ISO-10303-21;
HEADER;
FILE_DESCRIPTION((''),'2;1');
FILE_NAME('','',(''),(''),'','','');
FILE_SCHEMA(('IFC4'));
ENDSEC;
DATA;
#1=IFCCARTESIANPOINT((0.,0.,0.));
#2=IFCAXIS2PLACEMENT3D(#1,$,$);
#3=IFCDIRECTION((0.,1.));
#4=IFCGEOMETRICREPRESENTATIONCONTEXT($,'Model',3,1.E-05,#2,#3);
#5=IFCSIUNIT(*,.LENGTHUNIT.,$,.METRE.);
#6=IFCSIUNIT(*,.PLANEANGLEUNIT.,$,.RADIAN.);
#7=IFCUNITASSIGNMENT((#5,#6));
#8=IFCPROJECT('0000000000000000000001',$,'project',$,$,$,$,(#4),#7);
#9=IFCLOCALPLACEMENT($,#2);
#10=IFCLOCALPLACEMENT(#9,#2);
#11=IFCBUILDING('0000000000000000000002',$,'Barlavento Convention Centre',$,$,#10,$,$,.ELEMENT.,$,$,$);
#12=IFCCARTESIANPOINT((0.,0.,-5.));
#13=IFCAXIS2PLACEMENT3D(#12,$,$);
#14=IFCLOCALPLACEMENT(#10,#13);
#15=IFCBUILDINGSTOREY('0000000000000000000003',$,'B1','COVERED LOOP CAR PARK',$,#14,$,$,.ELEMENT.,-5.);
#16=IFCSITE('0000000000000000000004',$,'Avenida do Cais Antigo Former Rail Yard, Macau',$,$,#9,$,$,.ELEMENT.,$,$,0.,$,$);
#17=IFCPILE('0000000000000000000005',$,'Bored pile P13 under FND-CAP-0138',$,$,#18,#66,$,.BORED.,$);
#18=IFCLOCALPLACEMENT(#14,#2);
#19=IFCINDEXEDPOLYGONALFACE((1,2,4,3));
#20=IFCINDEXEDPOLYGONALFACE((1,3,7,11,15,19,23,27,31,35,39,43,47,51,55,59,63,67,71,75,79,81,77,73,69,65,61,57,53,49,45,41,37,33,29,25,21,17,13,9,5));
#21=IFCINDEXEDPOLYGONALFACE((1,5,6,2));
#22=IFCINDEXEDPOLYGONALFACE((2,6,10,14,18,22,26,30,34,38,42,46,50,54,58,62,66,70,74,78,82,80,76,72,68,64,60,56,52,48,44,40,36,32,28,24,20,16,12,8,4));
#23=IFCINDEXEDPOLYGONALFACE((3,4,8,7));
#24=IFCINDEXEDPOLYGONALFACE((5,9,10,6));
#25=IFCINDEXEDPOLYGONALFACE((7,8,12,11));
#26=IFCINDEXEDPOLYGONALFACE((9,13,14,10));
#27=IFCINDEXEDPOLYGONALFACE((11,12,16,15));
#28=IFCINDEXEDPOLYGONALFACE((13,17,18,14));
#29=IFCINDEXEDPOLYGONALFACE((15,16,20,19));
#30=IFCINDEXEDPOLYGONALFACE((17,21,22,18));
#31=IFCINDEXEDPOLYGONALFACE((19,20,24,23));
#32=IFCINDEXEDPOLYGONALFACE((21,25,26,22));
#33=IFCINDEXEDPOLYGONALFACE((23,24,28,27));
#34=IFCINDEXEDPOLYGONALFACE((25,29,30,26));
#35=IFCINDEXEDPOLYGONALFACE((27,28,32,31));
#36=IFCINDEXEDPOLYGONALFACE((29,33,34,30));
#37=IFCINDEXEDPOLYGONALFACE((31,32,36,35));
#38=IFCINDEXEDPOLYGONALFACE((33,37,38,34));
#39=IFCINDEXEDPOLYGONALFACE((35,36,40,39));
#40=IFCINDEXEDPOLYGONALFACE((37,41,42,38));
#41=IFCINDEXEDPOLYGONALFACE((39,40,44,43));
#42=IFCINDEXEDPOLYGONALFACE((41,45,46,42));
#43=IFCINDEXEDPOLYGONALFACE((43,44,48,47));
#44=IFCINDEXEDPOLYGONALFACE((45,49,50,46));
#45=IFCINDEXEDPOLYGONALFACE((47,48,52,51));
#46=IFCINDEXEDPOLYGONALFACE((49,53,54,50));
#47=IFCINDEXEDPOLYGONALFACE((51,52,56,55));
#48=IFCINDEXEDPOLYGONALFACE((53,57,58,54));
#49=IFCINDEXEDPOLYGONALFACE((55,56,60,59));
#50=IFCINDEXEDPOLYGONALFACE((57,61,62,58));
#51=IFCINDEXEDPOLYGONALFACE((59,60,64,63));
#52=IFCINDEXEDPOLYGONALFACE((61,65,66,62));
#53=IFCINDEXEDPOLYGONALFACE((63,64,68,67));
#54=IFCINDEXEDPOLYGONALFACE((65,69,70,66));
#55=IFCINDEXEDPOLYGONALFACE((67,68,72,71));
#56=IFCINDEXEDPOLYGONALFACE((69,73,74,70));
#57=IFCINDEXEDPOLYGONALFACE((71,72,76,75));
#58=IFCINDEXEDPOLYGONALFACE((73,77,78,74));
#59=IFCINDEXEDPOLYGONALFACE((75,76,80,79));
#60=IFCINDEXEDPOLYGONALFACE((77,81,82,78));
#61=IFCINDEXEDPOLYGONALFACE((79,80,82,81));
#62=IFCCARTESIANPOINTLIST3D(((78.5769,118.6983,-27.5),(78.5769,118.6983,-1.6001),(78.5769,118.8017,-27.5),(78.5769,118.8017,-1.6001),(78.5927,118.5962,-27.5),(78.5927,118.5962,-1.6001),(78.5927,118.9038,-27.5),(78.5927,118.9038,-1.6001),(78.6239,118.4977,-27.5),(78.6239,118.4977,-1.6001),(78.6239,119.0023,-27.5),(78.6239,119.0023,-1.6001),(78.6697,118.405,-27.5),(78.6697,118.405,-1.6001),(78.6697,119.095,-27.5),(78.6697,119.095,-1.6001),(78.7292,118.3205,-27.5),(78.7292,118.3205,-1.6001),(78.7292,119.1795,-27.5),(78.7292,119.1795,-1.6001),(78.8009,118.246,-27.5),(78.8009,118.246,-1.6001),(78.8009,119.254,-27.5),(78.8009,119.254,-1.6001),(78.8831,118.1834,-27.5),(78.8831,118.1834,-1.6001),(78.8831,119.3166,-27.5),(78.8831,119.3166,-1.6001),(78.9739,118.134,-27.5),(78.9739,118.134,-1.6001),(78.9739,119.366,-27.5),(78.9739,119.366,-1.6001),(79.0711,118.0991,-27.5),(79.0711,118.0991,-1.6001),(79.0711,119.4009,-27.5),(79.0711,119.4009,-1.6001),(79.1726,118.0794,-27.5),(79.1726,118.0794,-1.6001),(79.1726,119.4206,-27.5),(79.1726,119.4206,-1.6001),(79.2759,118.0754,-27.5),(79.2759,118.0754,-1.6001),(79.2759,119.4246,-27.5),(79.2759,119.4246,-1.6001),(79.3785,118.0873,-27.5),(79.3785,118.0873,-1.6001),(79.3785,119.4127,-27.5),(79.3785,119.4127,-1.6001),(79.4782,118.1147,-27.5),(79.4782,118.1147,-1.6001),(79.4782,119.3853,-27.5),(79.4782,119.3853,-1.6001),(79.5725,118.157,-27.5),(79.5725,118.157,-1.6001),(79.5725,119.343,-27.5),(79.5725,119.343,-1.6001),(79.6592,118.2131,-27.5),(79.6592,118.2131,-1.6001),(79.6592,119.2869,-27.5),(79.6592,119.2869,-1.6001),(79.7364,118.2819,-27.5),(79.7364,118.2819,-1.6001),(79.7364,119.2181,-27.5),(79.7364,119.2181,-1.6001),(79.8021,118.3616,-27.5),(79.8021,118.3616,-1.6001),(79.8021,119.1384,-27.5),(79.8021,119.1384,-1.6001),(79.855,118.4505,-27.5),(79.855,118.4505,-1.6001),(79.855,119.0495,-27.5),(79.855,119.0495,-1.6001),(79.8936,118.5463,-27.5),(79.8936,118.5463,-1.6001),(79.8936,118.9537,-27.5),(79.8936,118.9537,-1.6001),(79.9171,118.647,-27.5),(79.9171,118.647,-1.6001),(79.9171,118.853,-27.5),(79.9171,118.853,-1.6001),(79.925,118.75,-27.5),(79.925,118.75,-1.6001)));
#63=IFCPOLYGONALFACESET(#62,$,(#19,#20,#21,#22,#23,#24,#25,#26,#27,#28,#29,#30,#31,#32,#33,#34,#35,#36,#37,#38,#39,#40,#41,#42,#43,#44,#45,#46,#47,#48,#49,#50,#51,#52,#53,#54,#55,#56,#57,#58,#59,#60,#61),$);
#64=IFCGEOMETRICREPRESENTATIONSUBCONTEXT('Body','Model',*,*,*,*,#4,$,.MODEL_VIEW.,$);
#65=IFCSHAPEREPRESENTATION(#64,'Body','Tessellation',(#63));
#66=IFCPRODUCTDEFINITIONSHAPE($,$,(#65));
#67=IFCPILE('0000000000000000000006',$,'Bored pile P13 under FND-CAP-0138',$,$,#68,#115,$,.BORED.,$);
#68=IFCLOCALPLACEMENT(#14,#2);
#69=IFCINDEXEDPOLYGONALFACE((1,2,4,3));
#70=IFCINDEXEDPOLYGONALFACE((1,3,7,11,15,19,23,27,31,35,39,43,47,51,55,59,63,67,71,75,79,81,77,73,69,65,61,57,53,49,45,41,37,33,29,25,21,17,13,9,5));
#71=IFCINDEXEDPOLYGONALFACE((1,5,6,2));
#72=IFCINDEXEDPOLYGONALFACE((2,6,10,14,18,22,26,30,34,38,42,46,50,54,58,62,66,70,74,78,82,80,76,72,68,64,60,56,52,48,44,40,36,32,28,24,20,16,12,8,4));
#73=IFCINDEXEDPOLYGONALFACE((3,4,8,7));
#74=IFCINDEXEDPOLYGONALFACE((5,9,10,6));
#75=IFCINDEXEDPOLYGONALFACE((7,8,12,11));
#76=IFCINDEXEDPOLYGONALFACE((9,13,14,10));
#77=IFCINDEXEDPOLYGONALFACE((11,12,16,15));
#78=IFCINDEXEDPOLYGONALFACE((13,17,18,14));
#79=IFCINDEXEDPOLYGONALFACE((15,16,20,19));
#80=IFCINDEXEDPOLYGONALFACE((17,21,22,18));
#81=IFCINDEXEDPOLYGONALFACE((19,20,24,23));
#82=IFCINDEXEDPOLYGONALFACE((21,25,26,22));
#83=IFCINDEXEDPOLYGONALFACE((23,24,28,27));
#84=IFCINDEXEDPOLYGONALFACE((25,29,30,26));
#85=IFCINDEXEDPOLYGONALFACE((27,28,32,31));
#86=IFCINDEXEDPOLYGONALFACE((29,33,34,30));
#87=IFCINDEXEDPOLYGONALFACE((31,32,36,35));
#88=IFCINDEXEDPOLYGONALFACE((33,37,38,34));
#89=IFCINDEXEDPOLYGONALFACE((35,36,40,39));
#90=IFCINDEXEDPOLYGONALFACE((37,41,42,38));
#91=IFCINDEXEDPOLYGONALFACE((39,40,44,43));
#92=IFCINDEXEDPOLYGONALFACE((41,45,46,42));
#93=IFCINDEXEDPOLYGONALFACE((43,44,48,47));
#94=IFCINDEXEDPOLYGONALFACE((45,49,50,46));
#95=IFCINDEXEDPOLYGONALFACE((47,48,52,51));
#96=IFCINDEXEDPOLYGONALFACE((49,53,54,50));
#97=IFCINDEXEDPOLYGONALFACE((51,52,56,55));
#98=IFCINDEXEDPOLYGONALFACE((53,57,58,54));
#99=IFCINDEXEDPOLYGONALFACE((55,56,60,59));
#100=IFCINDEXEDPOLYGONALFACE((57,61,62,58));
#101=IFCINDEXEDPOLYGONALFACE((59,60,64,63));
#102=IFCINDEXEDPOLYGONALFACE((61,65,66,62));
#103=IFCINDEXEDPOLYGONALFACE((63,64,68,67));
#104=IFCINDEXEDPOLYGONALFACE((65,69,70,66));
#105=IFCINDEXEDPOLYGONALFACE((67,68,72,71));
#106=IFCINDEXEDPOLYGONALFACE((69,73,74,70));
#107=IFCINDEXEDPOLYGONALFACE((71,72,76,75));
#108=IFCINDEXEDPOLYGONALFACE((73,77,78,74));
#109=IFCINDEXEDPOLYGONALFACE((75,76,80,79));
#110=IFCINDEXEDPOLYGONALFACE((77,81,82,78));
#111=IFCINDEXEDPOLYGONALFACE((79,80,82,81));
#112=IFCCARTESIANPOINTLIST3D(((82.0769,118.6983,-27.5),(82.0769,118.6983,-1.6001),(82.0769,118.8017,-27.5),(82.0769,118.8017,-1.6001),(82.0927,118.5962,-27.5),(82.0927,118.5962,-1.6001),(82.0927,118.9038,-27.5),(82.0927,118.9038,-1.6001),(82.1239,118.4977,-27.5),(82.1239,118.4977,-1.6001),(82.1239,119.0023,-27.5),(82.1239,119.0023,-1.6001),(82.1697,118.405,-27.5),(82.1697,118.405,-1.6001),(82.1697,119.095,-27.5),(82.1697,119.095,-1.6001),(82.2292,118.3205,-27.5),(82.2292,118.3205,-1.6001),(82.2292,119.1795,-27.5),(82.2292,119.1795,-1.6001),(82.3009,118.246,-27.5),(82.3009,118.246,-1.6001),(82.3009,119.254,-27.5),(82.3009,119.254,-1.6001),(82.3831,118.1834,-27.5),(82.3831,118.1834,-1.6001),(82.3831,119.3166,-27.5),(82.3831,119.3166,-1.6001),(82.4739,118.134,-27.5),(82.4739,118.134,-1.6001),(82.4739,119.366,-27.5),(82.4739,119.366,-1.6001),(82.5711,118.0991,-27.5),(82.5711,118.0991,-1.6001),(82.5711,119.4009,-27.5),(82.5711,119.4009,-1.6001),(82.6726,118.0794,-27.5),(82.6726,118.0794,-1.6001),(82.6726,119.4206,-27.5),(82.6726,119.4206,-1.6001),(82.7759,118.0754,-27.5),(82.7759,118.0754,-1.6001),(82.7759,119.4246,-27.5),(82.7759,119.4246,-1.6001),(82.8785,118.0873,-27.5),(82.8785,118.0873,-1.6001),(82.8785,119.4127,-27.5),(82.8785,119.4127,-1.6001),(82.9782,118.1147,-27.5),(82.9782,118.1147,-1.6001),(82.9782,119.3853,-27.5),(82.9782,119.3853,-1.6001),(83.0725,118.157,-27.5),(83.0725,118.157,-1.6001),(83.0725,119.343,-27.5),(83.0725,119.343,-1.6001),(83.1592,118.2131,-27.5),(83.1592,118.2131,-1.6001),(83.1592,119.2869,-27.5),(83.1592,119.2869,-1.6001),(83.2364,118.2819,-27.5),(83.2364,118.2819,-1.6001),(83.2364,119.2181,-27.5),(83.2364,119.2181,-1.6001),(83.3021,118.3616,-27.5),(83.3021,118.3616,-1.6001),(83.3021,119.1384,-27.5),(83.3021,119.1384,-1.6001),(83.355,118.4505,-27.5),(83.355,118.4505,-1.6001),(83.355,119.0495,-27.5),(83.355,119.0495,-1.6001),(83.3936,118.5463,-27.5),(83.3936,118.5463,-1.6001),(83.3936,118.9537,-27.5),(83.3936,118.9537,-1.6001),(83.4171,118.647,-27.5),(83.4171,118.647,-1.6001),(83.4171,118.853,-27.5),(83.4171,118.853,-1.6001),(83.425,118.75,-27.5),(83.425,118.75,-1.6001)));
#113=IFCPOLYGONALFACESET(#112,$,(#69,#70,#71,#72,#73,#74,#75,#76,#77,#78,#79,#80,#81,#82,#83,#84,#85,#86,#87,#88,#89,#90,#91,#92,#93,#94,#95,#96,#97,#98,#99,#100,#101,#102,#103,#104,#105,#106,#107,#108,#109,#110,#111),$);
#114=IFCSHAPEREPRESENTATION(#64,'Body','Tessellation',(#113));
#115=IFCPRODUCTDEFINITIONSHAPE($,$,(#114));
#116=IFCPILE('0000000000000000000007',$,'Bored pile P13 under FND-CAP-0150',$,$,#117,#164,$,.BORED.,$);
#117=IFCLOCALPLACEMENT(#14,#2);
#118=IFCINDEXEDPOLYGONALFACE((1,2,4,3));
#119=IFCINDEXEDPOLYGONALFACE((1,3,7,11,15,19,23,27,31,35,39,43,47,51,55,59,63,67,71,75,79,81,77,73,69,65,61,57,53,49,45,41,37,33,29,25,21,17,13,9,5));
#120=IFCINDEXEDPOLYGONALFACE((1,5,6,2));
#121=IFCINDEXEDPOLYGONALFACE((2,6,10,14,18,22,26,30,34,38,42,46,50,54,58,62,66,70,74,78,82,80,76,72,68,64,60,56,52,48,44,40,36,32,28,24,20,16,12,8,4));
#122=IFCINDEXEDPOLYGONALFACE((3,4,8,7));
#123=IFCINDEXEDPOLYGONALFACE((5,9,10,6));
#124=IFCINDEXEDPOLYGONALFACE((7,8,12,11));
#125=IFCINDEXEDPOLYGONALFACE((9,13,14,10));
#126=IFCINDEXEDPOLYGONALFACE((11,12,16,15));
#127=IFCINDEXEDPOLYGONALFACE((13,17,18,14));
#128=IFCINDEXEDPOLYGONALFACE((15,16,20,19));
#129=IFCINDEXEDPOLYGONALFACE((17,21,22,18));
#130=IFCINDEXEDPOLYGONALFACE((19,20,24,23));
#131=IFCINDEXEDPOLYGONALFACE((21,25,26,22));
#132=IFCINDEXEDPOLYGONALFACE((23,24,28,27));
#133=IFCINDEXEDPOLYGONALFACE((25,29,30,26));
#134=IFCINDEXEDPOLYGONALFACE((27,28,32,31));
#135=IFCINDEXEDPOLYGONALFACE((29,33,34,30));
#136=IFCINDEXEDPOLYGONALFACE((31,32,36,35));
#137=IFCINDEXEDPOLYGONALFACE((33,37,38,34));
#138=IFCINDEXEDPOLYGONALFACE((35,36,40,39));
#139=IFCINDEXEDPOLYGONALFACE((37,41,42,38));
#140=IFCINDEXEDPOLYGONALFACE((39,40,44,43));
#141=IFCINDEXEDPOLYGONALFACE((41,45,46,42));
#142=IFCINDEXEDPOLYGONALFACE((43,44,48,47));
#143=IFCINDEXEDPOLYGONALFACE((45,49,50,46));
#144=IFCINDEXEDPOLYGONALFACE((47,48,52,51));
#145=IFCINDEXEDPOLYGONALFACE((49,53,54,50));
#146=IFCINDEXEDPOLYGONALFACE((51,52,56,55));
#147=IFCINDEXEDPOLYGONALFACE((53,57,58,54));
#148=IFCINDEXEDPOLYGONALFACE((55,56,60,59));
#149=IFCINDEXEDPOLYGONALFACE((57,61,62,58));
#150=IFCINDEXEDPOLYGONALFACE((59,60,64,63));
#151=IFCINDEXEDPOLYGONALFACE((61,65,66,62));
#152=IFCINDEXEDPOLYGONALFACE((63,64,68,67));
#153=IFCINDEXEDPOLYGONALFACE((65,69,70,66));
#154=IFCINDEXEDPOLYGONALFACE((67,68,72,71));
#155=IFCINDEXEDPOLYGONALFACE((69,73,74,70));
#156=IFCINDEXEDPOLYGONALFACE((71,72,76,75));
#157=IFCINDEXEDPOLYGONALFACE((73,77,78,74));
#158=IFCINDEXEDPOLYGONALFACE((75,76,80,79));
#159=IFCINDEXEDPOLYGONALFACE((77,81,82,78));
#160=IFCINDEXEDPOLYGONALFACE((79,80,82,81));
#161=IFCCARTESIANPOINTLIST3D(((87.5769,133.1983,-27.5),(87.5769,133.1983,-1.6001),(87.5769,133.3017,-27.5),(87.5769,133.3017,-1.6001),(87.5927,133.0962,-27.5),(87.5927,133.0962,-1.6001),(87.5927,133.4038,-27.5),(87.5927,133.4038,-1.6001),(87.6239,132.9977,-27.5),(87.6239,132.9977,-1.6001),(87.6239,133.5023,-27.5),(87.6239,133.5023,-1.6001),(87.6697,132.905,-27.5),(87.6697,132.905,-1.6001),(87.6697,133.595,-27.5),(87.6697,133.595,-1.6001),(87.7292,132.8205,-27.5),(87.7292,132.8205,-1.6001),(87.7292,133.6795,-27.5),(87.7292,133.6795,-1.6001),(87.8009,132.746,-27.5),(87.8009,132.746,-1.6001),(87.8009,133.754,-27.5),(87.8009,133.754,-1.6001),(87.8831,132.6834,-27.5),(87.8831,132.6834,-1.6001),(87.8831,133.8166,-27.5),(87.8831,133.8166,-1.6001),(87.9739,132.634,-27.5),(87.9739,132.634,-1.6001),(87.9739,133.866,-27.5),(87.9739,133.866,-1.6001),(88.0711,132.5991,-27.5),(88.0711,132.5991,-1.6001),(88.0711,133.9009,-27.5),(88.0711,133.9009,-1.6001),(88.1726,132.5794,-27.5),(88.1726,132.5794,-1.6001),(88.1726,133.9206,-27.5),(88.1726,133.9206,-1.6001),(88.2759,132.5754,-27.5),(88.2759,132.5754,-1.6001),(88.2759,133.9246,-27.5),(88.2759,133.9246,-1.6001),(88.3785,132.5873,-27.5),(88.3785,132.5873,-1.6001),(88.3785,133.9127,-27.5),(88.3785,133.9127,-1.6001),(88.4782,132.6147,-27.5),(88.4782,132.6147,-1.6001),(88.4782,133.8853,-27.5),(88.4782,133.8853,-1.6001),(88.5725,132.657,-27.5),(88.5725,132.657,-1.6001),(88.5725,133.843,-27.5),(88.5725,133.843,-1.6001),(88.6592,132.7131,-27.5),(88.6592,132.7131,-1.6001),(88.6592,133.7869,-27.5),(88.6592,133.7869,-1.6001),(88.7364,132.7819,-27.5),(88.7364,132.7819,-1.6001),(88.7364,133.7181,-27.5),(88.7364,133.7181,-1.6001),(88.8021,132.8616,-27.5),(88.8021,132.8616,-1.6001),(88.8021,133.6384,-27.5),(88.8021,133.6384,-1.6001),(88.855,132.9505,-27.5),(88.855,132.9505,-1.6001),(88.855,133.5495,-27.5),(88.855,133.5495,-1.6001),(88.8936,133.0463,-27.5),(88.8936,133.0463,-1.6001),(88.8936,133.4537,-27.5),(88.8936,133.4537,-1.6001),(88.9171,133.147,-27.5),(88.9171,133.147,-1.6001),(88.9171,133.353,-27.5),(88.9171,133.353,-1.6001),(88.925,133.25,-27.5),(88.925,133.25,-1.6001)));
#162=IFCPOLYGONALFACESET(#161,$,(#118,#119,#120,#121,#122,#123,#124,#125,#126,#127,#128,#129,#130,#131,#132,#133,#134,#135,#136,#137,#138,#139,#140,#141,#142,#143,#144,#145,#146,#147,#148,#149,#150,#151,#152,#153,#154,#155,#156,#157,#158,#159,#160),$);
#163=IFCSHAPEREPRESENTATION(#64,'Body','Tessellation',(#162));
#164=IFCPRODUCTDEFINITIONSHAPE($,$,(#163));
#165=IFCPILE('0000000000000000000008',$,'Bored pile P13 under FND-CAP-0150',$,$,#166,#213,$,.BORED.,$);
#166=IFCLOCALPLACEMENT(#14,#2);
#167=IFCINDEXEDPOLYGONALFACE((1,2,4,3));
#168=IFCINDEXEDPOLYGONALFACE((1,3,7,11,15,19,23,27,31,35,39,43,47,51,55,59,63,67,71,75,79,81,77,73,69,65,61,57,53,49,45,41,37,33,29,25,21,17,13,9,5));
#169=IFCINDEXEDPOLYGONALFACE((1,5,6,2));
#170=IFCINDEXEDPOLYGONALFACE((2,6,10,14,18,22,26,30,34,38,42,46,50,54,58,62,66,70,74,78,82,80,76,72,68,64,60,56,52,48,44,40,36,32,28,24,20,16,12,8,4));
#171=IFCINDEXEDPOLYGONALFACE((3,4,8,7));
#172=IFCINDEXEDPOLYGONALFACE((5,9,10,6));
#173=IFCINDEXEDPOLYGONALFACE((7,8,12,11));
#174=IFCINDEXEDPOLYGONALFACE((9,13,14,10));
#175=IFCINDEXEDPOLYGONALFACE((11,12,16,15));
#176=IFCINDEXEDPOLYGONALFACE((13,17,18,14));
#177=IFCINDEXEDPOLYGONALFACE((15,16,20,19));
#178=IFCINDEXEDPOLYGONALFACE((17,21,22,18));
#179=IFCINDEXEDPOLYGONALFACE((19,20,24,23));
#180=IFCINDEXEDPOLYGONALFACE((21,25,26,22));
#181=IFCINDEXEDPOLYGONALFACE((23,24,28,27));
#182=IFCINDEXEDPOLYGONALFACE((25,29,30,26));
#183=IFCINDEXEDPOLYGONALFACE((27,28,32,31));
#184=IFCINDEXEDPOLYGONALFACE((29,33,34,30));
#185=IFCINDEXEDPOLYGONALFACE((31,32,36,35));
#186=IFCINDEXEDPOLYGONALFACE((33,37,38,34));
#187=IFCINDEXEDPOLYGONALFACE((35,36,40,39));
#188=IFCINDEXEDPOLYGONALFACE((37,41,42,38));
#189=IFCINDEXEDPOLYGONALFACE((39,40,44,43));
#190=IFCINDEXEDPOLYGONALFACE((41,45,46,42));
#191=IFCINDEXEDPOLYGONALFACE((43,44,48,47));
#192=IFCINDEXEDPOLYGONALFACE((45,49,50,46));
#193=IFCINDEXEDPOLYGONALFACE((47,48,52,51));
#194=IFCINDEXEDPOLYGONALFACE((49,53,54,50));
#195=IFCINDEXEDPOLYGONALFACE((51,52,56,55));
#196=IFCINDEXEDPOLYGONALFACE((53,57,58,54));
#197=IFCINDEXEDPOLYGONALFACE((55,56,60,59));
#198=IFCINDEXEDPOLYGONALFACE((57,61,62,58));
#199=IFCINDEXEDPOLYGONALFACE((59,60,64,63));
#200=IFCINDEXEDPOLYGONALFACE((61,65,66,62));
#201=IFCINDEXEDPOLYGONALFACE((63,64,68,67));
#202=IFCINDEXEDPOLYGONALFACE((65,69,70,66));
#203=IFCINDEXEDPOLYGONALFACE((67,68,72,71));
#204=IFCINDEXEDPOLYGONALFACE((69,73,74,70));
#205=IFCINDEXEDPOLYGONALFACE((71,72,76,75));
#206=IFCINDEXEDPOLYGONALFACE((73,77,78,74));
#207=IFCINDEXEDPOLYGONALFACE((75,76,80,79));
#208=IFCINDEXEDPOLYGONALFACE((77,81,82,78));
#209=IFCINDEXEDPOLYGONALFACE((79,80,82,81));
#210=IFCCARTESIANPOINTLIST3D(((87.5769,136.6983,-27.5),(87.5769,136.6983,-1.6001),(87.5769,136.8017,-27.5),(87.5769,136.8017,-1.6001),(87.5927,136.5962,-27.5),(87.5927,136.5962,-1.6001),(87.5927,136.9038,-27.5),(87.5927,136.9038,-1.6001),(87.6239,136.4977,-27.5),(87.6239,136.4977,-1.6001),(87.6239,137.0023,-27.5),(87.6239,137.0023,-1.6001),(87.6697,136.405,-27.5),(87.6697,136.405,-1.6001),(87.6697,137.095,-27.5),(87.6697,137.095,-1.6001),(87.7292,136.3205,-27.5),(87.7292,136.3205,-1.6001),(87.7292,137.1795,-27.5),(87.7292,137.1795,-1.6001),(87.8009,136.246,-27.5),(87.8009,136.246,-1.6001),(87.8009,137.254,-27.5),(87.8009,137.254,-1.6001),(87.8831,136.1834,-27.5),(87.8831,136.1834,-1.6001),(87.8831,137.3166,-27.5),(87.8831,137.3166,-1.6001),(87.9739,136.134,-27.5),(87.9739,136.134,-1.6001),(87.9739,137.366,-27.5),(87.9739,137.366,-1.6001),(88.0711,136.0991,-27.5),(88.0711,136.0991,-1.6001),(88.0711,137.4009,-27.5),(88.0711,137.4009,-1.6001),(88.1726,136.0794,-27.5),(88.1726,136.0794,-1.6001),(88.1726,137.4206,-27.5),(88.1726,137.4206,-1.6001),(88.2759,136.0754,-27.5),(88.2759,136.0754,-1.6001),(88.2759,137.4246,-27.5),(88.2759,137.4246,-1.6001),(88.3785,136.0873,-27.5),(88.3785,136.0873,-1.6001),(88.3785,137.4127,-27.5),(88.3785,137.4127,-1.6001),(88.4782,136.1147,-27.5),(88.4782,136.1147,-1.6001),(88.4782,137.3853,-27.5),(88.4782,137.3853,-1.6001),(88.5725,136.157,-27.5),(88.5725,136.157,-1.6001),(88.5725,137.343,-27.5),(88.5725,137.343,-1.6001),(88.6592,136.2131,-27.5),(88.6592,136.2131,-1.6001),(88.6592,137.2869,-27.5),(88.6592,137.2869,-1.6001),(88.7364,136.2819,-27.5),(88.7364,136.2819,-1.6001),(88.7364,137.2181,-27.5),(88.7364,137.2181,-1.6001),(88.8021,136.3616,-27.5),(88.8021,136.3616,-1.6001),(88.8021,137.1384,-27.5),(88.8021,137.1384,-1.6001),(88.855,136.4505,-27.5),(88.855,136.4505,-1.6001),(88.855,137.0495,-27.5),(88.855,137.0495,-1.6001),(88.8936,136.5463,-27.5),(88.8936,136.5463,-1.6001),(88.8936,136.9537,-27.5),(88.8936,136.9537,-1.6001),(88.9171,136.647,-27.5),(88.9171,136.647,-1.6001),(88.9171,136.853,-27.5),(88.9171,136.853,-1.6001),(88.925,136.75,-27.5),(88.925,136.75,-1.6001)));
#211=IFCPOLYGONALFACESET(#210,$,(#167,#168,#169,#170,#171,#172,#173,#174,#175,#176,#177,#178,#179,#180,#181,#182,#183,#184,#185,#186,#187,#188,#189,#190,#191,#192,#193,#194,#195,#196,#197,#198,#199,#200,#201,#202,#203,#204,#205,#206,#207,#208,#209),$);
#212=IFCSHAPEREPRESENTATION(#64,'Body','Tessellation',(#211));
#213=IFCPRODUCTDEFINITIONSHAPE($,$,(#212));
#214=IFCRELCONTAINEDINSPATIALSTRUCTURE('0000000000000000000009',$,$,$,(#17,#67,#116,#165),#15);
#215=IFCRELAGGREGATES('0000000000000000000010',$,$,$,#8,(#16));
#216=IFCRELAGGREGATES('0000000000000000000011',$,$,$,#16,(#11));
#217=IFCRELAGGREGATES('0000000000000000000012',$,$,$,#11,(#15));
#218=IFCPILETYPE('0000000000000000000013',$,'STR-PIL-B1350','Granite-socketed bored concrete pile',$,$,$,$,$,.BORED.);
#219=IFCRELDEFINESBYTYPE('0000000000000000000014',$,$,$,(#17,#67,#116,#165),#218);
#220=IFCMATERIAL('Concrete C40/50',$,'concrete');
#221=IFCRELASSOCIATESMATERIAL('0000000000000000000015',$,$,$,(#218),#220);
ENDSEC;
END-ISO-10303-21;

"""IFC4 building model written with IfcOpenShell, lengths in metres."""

from ifc_helpers import new_model, si_unit, direction, frame, origin, origin_2d, place, context, subcontext, project, spatial, circle, extrude, material, material_profile, profile_set, type_object, element, save


model = new_model("IFC4")

# Units and contexts
model_context = context("Model", 3, precision=1e-05, world=origin(), true_north=direction((0.0, 1.0)))
body_context = subcontext(model_context, "Body", "Model", "MODEL_VIEW")
ifc_project = project(units=[si_unit("LENGTHUNIT", "METRE"), si_unit("PLANEANGLEUNIT", "RADIAN")], contexts=[model_context])

# Site, building, storey
site_placement = place(None, origin())
site = spatial("IfcSite", under=ifc_project, at=site_placement, Name="Avenida do Cais Antigo Former Rail Yard, Macau", CompositionType="ELEMENT", RefElevation=0.0)
building_placement = place(site_placement, origin())
building = spatial("IfcBuilding", under=site, at=building_placement, Name="Barlavento Convention Centre", CompositionType="ELEMENT")
storey_placement = place(building_placement, frame((0.0, 0.0, -5.0)))
storey = spatial("IfcBuildingStorey", under=building, at=storey_placement, Name="B1", Description="COVERED LOOP CAR PARK", CompositionType="ELEMENT", Elevation=-5.0)

# Shared definitions
ifc_material_1 = material(Name="Concrete C40/50", Category="concrete")

# Piles
ifc_material_profile_1 = material_profile(ifc_material_1, circle(Radius=0.675, at=origin_2d()), Name="BORED PILE 1350")
ifc_profile_set_1 = profile_set([ifc_material_profile_1], Name="Concrete C40/50")
pile_type_1 = type_object("IfcPileType", Name="STR-PIL-B1350", Description="Granite-socketed bored concrete pile", PredefinedType="BORED", material=ifc_profile_set_1)
for number, where, z_axis, x_axis, name in (
    (1, (79.25, 118.75, -1.6001), (0.0, 0.0, -1.0), (1.0, 0.0, 0.0), "Bored pile P13 under FND-CAP-0138"),
    (2, (82.75, 118.75, -1.6001), (0.0, 0.0, -1.0), (1.0, 0.0, 0.0), "Bored pile P13 under FND-CAP-0138"),
    (3, (88.25, 133.25, -1.6001), (0.0, 0.0, -1.0), (1.0, 0.0, 0.0), "Bored pile P13 under FND-CAP-0150"),
    (4, (88.25, 136.75, -1.6001), (0.0, 0.0, -1.0), (1.0, 0.0, 0.0), "Bored pile P13 under FND-CAP-0150"),
):
    element("IfcPile", number, at=place(storey_placement, frame(where, z_axis=z_axis, x_axis=x_axis)), inside=storey, type_object=pile_type_1, Name=name, PredefinedType="BORED", context=body_context, shape_type="SweptSolid", body=[
        extrude(circle(Radius=0.675, at=origin_2d()), origin(), (0.0, 0.0, 1.0), 25.8999),
    ])

save(model, "model.ifc")
